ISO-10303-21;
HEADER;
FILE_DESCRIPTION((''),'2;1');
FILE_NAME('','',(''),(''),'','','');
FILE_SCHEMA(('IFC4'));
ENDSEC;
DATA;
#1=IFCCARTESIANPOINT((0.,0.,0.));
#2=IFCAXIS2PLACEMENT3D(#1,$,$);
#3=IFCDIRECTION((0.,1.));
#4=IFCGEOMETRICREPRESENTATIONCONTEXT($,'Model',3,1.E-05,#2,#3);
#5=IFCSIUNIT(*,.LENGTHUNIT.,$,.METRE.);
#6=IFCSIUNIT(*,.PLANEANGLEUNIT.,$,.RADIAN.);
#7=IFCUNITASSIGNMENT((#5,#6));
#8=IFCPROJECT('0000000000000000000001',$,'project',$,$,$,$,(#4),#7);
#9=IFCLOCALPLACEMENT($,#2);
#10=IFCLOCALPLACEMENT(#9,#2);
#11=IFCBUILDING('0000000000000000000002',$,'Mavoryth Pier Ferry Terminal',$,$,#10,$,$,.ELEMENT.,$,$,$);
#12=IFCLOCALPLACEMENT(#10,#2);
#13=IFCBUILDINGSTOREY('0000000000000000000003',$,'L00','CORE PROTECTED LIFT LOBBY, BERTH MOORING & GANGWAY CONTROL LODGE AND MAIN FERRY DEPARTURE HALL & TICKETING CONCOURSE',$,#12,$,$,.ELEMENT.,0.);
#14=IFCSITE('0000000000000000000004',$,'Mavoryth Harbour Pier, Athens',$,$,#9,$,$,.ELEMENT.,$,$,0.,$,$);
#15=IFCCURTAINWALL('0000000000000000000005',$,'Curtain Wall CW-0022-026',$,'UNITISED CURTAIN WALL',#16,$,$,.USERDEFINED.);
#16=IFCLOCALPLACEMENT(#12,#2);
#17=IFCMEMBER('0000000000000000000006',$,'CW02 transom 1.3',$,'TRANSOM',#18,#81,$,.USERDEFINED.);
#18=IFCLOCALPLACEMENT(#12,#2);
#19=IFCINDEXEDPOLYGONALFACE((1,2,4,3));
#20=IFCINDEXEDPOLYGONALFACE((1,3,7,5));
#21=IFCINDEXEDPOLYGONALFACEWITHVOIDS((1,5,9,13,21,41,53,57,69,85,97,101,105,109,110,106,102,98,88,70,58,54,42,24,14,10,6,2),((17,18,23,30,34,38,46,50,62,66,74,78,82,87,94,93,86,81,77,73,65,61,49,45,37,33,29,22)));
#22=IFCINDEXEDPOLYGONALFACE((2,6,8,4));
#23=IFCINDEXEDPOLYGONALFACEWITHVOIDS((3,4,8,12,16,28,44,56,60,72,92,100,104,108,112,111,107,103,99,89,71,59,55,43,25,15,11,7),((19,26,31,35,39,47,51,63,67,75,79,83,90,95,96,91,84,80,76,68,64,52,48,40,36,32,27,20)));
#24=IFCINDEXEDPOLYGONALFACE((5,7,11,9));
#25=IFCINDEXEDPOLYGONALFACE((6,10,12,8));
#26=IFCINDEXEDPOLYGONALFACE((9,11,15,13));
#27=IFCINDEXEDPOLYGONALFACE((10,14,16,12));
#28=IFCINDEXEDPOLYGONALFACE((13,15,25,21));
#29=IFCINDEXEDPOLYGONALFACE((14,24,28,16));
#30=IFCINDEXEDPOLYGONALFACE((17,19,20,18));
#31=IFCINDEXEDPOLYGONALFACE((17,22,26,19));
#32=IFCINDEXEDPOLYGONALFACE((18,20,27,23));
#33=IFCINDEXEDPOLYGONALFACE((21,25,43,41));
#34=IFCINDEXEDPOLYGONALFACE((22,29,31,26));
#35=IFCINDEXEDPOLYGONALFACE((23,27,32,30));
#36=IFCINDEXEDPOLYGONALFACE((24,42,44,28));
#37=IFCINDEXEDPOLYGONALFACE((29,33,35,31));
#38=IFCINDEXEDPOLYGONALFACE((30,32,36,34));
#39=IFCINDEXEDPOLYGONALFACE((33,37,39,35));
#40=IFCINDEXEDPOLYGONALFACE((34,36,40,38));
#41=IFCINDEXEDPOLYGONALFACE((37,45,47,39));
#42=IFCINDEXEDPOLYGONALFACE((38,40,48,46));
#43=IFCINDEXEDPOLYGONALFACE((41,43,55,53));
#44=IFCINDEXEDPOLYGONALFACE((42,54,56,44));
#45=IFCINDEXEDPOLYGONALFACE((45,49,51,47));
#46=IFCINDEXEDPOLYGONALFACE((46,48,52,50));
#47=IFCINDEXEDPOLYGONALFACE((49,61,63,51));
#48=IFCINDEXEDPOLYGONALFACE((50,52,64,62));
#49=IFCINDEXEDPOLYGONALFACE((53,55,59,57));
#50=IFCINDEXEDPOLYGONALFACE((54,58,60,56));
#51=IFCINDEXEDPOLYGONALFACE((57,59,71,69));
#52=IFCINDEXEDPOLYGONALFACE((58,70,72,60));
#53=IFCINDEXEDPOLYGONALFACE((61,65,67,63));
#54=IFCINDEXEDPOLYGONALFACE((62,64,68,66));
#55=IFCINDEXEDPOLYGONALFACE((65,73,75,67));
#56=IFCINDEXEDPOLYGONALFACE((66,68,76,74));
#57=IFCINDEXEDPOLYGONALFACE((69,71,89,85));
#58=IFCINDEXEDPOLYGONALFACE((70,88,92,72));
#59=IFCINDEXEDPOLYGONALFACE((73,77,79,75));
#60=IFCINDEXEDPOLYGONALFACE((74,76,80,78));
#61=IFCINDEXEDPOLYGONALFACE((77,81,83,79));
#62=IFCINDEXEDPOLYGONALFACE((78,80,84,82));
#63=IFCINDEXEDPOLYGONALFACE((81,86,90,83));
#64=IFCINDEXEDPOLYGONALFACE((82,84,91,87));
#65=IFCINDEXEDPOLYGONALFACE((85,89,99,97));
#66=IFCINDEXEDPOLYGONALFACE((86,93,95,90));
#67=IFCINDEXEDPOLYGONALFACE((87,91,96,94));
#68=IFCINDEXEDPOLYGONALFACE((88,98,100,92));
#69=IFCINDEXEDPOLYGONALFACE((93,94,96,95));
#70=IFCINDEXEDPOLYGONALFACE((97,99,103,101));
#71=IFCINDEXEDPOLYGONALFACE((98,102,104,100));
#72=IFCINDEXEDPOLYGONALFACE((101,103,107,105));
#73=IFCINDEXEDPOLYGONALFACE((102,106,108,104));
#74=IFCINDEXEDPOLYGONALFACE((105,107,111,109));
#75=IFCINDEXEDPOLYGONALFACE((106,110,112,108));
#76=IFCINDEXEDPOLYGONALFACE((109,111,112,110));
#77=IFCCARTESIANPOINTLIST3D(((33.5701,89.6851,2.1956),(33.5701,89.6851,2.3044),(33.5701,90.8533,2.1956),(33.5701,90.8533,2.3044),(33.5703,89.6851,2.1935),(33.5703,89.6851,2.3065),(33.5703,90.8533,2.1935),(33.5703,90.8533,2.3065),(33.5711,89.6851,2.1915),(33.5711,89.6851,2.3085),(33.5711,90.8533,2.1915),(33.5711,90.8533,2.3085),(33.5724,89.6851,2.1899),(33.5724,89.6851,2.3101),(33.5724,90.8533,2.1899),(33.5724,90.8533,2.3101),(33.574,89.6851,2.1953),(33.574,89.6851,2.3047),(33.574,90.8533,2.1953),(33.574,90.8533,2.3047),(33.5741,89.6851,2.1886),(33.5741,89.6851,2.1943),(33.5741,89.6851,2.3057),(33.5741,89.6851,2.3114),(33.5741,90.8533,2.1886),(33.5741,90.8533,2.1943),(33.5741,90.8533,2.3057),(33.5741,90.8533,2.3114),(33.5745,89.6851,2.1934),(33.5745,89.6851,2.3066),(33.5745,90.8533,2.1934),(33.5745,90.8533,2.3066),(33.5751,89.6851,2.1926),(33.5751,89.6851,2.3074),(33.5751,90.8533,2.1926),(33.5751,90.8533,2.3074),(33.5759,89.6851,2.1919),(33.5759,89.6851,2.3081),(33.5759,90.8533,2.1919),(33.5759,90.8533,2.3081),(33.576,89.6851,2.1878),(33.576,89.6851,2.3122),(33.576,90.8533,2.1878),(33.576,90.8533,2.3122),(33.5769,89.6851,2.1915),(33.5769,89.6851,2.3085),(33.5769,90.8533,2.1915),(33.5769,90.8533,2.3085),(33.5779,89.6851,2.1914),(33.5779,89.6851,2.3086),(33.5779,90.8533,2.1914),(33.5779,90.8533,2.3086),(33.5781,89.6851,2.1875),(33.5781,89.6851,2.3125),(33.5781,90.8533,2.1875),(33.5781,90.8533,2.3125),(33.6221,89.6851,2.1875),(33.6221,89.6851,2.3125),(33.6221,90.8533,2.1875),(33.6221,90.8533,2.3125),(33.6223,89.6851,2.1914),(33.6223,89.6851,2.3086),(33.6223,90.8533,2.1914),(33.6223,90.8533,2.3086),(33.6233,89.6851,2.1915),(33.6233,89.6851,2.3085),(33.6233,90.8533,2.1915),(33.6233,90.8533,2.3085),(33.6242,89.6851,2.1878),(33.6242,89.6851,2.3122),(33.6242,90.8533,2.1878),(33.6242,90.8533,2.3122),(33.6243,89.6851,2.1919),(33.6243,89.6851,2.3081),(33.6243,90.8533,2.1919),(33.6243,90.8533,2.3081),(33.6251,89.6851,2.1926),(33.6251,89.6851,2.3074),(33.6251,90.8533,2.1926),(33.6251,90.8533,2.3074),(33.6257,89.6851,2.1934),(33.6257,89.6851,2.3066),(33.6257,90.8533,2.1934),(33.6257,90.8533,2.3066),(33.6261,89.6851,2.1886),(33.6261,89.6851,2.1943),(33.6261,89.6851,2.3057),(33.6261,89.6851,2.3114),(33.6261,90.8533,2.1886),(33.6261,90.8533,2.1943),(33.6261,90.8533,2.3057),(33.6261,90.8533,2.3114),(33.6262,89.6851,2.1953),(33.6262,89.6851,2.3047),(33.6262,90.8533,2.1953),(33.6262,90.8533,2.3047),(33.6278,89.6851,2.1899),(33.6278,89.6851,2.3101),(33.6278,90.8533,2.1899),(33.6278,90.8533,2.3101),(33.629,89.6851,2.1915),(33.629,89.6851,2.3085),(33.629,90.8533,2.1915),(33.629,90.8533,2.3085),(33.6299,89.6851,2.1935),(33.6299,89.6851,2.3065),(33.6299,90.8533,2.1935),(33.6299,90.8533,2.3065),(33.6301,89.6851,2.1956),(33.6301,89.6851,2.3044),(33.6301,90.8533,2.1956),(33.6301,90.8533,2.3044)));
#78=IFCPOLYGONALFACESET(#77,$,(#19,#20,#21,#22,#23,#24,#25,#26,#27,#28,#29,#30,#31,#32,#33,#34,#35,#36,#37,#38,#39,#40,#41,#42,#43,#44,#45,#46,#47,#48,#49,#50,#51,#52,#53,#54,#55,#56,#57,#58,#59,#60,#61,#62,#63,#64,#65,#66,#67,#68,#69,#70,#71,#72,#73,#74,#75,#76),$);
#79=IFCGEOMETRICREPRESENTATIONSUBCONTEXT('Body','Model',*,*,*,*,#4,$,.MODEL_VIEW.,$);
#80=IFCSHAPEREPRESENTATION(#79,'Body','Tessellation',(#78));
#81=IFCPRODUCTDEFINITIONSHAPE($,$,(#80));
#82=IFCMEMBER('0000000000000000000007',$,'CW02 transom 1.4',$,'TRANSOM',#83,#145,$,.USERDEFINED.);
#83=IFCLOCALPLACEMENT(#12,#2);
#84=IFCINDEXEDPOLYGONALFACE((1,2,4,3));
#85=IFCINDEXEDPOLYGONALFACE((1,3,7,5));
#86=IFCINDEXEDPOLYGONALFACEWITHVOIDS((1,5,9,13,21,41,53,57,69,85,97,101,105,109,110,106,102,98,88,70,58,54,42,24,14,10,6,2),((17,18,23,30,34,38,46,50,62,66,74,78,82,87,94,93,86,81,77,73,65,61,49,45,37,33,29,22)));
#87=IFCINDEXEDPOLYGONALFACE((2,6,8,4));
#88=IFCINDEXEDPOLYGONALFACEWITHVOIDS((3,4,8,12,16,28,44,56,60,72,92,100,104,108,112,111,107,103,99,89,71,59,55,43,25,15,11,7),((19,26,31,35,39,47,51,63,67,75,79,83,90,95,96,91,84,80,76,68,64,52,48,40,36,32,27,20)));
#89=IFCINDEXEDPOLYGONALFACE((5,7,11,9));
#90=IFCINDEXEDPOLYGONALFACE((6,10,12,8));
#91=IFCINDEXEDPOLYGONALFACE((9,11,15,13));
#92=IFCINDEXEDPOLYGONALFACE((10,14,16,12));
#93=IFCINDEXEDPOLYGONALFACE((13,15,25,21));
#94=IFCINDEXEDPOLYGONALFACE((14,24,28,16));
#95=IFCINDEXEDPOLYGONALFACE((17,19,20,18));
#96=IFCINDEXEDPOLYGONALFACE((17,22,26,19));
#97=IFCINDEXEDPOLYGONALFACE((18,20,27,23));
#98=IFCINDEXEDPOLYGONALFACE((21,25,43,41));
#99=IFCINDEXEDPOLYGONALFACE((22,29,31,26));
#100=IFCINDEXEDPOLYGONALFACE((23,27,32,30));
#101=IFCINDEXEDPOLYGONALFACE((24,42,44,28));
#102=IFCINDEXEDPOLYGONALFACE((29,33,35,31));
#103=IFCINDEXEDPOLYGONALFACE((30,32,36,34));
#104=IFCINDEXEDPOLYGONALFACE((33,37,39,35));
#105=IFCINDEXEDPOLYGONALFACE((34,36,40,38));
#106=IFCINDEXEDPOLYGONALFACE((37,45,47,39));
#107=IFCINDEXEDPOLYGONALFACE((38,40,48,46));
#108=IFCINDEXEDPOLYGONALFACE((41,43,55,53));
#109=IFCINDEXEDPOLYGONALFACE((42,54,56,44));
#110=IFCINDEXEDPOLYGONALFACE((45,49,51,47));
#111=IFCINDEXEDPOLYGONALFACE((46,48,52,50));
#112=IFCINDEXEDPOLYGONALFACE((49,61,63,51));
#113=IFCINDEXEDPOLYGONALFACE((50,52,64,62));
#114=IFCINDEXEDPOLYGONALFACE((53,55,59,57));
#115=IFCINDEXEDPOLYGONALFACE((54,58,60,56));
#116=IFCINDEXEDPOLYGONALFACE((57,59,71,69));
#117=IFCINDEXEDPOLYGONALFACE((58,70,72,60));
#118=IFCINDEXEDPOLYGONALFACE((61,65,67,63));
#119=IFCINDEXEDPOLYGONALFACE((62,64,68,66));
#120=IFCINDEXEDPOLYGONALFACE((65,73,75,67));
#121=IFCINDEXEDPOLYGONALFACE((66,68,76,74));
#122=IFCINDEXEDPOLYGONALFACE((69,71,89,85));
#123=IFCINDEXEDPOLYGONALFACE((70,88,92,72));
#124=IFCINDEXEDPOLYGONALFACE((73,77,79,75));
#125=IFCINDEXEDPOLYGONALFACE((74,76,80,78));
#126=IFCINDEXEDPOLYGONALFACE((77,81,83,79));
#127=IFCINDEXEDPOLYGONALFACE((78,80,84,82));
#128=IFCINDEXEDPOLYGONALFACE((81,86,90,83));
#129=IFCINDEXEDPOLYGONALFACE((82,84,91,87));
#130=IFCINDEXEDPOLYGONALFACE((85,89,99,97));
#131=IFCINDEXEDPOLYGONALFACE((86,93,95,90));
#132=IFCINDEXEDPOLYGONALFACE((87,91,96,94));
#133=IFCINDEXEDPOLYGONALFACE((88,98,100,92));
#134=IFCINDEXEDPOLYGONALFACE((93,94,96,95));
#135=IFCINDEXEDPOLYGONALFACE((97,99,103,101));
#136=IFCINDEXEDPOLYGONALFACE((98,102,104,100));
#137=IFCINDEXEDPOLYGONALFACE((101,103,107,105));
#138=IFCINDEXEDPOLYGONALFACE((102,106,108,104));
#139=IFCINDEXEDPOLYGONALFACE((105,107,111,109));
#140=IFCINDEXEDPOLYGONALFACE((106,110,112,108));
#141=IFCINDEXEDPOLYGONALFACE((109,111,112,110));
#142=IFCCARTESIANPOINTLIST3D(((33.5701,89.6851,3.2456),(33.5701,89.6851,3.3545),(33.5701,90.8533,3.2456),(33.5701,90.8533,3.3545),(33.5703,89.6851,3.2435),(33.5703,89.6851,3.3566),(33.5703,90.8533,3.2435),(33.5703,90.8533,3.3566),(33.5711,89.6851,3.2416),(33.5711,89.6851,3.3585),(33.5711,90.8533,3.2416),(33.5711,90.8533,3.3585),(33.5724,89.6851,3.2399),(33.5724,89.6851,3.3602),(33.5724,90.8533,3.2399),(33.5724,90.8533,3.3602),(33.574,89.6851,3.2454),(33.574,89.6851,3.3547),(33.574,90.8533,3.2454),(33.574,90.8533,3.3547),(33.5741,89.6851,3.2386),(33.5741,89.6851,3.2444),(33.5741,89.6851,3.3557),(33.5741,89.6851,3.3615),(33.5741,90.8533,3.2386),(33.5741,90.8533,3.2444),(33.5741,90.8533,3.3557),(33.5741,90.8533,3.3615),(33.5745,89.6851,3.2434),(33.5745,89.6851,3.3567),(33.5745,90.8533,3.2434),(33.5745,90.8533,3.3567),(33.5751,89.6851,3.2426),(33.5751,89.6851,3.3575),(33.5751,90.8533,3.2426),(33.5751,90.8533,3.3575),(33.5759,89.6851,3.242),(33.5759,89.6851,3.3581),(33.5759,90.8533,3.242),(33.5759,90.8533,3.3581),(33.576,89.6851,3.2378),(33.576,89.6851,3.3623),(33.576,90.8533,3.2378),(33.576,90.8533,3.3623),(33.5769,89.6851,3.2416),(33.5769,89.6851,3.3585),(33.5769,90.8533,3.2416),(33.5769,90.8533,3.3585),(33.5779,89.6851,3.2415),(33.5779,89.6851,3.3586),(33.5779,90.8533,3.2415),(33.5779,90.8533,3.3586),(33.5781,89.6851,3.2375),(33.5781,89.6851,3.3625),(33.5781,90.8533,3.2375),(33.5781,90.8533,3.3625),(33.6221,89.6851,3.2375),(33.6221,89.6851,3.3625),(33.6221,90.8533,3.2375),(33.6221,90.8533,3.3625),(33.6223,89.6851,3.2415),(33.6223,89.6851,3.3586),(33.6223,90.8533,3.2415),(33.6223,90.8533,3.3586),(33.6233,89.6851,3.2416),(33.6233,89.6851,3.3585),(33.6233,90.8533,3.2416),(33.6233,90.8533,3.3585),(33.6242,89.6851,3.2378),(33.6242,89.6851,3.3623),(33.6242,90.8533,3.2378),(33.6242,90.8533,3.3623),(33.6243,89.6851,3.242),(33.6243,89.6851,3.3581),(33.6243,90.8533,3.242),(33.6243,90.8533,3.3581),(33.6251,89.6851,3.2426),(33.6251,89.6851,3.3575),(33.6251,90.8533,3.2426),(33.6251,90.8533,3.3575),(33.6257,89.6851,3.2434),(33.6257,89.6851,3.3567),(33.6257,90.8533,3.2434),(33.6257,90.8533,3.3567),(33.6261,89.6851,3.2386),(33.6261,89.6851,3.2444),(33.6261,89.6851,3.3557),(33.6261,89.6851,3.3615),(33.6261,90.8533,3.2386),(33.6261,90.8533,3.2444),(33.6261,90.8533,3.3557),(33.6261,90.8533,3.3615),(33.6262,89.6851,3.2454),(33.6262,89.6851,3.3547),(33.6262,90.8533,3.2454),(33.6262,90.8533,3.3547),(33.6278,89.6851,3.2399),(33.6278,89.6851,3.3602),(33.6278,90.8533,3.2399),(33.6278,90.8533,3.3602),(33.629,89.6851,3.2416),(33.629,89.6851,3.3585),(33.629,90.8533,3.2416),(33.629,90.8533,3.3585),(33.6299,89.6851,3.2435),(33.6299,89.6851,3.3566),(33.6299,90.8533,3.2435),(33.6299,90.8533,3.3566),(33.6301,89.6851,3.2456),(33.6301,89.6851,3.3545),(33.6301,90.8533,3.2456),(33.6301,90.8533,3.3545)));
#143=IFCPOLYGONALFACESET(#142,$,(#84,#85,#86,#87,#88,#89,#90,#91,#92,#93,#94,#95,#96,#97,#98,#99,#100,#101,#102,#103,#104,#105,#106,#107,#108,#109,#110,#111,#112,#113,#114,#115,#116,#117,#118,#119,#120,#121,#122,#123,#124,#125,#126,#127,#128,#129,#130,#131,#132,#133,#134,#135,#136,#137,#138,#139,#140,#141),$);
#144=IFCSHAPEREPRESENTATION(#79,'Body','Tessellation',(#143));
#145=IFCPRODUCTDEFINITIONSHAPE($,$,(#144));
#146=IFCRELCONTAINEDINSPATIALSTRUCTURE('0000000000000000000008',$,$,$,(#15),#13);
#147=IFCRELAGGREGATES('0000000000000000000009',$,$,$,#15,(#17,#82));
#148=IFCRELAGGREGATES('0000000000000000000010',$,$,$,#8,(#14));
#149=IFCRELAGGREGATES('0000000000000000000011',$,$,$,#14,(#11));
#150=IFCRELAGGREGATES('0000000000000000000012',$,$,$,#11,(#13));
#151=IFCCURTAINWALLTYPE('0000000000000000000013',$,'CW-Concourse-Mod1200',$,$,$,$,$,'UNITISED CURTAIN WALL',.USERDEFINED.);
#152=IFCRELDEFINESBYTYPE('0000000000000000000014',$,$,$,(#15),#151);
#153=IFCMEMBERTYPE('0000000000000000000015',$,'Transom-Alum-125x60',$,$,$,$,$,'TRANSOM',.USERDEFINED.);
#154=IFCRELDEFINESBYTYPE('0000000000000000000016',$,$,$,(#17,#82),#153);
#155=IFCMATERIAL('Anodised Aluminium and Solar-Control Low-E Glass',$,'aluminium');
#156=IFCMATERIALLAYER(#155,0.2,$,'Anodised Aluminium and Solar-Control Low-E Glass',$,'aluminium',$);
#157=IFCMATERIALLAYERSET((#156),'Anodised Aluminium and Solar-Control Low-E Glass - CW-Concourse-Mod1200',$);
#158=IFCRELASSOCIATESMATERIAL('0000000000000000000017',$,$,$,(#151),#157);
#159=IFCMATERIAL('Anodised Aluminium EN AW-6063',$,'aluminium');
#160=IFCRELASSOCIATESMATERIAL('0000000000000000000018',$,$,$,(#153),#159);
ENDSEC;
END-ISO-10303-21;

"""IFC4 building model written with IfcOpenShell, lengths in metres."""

from ifc_helpers import new_model, si_unit, direction, frame, origin, origin_2d, place, context, subcontext, project, spatial, hollow_rectangle, extrude, material, layer, layer_set, material_profile, profile_set, type_object, element, aggregate, save


model = new_model("IFC4")

# Units and contexts
model_context = context("Model", 3, precision=1e-05, world=origin(), true_north=direction((0.0, 1.0)))
body_context = subcontext(model_context, "Body", "Model", "MODEL_VIEW")
ifc_project = project(units=[si_unit("LENGTHUNIT", "METRE"), si_unit("PLANEANGLEUNIT", "RADIAN")], contexts=[model_context])

# Site, building, storey
site_placement = place(None, origin())
site = spatial("IfcSite", under=ifc_project, at=site_placement, Name="Mavoryth Harbour Pier, Athens", CompositionType="ELEMENT", RefElevation=0.0)
building_placement = place(site_placement, origin())
building = spatial("IfcBuilding", under=site, at=building_placement, Name="Mavoryth Pier Ferry Terminal", CompositionType="ELEMENT")
storey_placement = place(building_placement, origin())
storey = spatial("IfcBuildingStorey", under=building, at=storey_placement, Name="L00", Description="CORE PROTECTED LIFT LOBBY, BERTH MOORING & GANGWAY CONTROL LODGE AND MAIN FERRY DEPARTURE HALL & TICKETING CONCOURSE", CompositionType="ELEMENT", Elevation=0.0)

# Curtain wall, members
ifc_material_1 = material(Name="Anodised Aluminium and Solar-Control Low-E Glass", Category="aluminium")
ifc_layer_1 = layer(ifc_material_1, 0.2, Name="Anodised Aluminium and Solar-Control Low-E Glass", Category="aluminium")
ifc_layer_set_1 = layer_set([ifc_layer_1], Name="Anodised Aluminium and Solar-Control Low-E Glass - CW-Concourse-Mod1200")
curtain_wall_type = type_object("IfcCurtainWallType", Name="CW-Concourse-Mod1200", ElementType="UNITISED CURTAIN WALL", PredefinedType="USERDEFINED", material=ifc_layer_set_1)
curtain_wall_placement = place(storey_placement, origin())
curtain_wall = element("IfcCurtainWall", 1, at=curtain_wall_placement, inside=storey, type_object=curtain_wall_type, Name="Curtain Wall CW-0022-026", ObjectType="UNITISED CURTAIN WALL", PredefinedType="USERDEFINED")
ifc_material_2 = material(Name="Anodised Aluminium EN AW-6063", Category="aluminium")
ifc_material_profile_1 = material_profile(ifc_material_2, hollow_rectangle(XDim=0.0601, YDim=0.125, WallThickness=0.0039, InnerFilletRadius=0.0039, OuterFilletRadius=0.0081, at=origin_2d()), Name="AL-TRAN 125x60x4", Category="aluminium")
ifc_profile_set_1 = profile_set([ifc_material_profile_1], Name="Anodised Aluminium EN AW-6063 - AL-TRAN 125x60x4")
member_type_1 = type_object("IfcMemberType", Name="Transom-Alum-125x60", ElementType="TRANSOM", PredefinedType="USERDEFINED", material=ifc_profile_set_1)
member_1_placement = place(storey_placement, frame((33.6001, 89.6851, 2.25), z_axis=(0.0, 1.0, 0.0), x_axis=(-1.0, 0.0, 0.0)))
member_1 = element("IfcMember", 2, at=member_1_placement, type_object=member_type_1, Name="CW02 transom 1.3", ObjectType="TRANSOM", PredefinedType="USERDEFINED", context=body_context, shape_type="SweptSolid", body=[
    extrude(hollow_rectangle(XDim=0.0601, YDim=0.125, WallThickness=0.0039, InnerFilletRadius=0.0039, OuterFilletRadius=0.0081, at=origin_2d()), origin(), (0.0, 0.0, 1.0), 1.1682),
])
member_2_placement = place(storey_placement, frame((33.6001, 89.6851, 3.3), z_axis=(0.0, 1.0, 0.0), x_axis=(-1.0, 0.0, 0.0)))
member_2 = element("IfcMember", 3, at=member_2_placement, type_object=member_type_1, Name="CW02 transom 1.4", ObjectType="TRANSOM", PredefinedType="USERDEFINED", context=body_context, shape_type="SweptSolid", body=[
    extrude(hollow_rectangle(XDim=0.0601, YDim=0.125, WallThickness=0.0039, InnerFilletRadius=0.0039, OuterFilletRadius=0.0081, at=origin_2d()), origin(), (0.0, 0.0, 1.0), 1.1682),
])
aggregate(curtain_wall, [member_1, member_2])

save(model, "model.ifc")
